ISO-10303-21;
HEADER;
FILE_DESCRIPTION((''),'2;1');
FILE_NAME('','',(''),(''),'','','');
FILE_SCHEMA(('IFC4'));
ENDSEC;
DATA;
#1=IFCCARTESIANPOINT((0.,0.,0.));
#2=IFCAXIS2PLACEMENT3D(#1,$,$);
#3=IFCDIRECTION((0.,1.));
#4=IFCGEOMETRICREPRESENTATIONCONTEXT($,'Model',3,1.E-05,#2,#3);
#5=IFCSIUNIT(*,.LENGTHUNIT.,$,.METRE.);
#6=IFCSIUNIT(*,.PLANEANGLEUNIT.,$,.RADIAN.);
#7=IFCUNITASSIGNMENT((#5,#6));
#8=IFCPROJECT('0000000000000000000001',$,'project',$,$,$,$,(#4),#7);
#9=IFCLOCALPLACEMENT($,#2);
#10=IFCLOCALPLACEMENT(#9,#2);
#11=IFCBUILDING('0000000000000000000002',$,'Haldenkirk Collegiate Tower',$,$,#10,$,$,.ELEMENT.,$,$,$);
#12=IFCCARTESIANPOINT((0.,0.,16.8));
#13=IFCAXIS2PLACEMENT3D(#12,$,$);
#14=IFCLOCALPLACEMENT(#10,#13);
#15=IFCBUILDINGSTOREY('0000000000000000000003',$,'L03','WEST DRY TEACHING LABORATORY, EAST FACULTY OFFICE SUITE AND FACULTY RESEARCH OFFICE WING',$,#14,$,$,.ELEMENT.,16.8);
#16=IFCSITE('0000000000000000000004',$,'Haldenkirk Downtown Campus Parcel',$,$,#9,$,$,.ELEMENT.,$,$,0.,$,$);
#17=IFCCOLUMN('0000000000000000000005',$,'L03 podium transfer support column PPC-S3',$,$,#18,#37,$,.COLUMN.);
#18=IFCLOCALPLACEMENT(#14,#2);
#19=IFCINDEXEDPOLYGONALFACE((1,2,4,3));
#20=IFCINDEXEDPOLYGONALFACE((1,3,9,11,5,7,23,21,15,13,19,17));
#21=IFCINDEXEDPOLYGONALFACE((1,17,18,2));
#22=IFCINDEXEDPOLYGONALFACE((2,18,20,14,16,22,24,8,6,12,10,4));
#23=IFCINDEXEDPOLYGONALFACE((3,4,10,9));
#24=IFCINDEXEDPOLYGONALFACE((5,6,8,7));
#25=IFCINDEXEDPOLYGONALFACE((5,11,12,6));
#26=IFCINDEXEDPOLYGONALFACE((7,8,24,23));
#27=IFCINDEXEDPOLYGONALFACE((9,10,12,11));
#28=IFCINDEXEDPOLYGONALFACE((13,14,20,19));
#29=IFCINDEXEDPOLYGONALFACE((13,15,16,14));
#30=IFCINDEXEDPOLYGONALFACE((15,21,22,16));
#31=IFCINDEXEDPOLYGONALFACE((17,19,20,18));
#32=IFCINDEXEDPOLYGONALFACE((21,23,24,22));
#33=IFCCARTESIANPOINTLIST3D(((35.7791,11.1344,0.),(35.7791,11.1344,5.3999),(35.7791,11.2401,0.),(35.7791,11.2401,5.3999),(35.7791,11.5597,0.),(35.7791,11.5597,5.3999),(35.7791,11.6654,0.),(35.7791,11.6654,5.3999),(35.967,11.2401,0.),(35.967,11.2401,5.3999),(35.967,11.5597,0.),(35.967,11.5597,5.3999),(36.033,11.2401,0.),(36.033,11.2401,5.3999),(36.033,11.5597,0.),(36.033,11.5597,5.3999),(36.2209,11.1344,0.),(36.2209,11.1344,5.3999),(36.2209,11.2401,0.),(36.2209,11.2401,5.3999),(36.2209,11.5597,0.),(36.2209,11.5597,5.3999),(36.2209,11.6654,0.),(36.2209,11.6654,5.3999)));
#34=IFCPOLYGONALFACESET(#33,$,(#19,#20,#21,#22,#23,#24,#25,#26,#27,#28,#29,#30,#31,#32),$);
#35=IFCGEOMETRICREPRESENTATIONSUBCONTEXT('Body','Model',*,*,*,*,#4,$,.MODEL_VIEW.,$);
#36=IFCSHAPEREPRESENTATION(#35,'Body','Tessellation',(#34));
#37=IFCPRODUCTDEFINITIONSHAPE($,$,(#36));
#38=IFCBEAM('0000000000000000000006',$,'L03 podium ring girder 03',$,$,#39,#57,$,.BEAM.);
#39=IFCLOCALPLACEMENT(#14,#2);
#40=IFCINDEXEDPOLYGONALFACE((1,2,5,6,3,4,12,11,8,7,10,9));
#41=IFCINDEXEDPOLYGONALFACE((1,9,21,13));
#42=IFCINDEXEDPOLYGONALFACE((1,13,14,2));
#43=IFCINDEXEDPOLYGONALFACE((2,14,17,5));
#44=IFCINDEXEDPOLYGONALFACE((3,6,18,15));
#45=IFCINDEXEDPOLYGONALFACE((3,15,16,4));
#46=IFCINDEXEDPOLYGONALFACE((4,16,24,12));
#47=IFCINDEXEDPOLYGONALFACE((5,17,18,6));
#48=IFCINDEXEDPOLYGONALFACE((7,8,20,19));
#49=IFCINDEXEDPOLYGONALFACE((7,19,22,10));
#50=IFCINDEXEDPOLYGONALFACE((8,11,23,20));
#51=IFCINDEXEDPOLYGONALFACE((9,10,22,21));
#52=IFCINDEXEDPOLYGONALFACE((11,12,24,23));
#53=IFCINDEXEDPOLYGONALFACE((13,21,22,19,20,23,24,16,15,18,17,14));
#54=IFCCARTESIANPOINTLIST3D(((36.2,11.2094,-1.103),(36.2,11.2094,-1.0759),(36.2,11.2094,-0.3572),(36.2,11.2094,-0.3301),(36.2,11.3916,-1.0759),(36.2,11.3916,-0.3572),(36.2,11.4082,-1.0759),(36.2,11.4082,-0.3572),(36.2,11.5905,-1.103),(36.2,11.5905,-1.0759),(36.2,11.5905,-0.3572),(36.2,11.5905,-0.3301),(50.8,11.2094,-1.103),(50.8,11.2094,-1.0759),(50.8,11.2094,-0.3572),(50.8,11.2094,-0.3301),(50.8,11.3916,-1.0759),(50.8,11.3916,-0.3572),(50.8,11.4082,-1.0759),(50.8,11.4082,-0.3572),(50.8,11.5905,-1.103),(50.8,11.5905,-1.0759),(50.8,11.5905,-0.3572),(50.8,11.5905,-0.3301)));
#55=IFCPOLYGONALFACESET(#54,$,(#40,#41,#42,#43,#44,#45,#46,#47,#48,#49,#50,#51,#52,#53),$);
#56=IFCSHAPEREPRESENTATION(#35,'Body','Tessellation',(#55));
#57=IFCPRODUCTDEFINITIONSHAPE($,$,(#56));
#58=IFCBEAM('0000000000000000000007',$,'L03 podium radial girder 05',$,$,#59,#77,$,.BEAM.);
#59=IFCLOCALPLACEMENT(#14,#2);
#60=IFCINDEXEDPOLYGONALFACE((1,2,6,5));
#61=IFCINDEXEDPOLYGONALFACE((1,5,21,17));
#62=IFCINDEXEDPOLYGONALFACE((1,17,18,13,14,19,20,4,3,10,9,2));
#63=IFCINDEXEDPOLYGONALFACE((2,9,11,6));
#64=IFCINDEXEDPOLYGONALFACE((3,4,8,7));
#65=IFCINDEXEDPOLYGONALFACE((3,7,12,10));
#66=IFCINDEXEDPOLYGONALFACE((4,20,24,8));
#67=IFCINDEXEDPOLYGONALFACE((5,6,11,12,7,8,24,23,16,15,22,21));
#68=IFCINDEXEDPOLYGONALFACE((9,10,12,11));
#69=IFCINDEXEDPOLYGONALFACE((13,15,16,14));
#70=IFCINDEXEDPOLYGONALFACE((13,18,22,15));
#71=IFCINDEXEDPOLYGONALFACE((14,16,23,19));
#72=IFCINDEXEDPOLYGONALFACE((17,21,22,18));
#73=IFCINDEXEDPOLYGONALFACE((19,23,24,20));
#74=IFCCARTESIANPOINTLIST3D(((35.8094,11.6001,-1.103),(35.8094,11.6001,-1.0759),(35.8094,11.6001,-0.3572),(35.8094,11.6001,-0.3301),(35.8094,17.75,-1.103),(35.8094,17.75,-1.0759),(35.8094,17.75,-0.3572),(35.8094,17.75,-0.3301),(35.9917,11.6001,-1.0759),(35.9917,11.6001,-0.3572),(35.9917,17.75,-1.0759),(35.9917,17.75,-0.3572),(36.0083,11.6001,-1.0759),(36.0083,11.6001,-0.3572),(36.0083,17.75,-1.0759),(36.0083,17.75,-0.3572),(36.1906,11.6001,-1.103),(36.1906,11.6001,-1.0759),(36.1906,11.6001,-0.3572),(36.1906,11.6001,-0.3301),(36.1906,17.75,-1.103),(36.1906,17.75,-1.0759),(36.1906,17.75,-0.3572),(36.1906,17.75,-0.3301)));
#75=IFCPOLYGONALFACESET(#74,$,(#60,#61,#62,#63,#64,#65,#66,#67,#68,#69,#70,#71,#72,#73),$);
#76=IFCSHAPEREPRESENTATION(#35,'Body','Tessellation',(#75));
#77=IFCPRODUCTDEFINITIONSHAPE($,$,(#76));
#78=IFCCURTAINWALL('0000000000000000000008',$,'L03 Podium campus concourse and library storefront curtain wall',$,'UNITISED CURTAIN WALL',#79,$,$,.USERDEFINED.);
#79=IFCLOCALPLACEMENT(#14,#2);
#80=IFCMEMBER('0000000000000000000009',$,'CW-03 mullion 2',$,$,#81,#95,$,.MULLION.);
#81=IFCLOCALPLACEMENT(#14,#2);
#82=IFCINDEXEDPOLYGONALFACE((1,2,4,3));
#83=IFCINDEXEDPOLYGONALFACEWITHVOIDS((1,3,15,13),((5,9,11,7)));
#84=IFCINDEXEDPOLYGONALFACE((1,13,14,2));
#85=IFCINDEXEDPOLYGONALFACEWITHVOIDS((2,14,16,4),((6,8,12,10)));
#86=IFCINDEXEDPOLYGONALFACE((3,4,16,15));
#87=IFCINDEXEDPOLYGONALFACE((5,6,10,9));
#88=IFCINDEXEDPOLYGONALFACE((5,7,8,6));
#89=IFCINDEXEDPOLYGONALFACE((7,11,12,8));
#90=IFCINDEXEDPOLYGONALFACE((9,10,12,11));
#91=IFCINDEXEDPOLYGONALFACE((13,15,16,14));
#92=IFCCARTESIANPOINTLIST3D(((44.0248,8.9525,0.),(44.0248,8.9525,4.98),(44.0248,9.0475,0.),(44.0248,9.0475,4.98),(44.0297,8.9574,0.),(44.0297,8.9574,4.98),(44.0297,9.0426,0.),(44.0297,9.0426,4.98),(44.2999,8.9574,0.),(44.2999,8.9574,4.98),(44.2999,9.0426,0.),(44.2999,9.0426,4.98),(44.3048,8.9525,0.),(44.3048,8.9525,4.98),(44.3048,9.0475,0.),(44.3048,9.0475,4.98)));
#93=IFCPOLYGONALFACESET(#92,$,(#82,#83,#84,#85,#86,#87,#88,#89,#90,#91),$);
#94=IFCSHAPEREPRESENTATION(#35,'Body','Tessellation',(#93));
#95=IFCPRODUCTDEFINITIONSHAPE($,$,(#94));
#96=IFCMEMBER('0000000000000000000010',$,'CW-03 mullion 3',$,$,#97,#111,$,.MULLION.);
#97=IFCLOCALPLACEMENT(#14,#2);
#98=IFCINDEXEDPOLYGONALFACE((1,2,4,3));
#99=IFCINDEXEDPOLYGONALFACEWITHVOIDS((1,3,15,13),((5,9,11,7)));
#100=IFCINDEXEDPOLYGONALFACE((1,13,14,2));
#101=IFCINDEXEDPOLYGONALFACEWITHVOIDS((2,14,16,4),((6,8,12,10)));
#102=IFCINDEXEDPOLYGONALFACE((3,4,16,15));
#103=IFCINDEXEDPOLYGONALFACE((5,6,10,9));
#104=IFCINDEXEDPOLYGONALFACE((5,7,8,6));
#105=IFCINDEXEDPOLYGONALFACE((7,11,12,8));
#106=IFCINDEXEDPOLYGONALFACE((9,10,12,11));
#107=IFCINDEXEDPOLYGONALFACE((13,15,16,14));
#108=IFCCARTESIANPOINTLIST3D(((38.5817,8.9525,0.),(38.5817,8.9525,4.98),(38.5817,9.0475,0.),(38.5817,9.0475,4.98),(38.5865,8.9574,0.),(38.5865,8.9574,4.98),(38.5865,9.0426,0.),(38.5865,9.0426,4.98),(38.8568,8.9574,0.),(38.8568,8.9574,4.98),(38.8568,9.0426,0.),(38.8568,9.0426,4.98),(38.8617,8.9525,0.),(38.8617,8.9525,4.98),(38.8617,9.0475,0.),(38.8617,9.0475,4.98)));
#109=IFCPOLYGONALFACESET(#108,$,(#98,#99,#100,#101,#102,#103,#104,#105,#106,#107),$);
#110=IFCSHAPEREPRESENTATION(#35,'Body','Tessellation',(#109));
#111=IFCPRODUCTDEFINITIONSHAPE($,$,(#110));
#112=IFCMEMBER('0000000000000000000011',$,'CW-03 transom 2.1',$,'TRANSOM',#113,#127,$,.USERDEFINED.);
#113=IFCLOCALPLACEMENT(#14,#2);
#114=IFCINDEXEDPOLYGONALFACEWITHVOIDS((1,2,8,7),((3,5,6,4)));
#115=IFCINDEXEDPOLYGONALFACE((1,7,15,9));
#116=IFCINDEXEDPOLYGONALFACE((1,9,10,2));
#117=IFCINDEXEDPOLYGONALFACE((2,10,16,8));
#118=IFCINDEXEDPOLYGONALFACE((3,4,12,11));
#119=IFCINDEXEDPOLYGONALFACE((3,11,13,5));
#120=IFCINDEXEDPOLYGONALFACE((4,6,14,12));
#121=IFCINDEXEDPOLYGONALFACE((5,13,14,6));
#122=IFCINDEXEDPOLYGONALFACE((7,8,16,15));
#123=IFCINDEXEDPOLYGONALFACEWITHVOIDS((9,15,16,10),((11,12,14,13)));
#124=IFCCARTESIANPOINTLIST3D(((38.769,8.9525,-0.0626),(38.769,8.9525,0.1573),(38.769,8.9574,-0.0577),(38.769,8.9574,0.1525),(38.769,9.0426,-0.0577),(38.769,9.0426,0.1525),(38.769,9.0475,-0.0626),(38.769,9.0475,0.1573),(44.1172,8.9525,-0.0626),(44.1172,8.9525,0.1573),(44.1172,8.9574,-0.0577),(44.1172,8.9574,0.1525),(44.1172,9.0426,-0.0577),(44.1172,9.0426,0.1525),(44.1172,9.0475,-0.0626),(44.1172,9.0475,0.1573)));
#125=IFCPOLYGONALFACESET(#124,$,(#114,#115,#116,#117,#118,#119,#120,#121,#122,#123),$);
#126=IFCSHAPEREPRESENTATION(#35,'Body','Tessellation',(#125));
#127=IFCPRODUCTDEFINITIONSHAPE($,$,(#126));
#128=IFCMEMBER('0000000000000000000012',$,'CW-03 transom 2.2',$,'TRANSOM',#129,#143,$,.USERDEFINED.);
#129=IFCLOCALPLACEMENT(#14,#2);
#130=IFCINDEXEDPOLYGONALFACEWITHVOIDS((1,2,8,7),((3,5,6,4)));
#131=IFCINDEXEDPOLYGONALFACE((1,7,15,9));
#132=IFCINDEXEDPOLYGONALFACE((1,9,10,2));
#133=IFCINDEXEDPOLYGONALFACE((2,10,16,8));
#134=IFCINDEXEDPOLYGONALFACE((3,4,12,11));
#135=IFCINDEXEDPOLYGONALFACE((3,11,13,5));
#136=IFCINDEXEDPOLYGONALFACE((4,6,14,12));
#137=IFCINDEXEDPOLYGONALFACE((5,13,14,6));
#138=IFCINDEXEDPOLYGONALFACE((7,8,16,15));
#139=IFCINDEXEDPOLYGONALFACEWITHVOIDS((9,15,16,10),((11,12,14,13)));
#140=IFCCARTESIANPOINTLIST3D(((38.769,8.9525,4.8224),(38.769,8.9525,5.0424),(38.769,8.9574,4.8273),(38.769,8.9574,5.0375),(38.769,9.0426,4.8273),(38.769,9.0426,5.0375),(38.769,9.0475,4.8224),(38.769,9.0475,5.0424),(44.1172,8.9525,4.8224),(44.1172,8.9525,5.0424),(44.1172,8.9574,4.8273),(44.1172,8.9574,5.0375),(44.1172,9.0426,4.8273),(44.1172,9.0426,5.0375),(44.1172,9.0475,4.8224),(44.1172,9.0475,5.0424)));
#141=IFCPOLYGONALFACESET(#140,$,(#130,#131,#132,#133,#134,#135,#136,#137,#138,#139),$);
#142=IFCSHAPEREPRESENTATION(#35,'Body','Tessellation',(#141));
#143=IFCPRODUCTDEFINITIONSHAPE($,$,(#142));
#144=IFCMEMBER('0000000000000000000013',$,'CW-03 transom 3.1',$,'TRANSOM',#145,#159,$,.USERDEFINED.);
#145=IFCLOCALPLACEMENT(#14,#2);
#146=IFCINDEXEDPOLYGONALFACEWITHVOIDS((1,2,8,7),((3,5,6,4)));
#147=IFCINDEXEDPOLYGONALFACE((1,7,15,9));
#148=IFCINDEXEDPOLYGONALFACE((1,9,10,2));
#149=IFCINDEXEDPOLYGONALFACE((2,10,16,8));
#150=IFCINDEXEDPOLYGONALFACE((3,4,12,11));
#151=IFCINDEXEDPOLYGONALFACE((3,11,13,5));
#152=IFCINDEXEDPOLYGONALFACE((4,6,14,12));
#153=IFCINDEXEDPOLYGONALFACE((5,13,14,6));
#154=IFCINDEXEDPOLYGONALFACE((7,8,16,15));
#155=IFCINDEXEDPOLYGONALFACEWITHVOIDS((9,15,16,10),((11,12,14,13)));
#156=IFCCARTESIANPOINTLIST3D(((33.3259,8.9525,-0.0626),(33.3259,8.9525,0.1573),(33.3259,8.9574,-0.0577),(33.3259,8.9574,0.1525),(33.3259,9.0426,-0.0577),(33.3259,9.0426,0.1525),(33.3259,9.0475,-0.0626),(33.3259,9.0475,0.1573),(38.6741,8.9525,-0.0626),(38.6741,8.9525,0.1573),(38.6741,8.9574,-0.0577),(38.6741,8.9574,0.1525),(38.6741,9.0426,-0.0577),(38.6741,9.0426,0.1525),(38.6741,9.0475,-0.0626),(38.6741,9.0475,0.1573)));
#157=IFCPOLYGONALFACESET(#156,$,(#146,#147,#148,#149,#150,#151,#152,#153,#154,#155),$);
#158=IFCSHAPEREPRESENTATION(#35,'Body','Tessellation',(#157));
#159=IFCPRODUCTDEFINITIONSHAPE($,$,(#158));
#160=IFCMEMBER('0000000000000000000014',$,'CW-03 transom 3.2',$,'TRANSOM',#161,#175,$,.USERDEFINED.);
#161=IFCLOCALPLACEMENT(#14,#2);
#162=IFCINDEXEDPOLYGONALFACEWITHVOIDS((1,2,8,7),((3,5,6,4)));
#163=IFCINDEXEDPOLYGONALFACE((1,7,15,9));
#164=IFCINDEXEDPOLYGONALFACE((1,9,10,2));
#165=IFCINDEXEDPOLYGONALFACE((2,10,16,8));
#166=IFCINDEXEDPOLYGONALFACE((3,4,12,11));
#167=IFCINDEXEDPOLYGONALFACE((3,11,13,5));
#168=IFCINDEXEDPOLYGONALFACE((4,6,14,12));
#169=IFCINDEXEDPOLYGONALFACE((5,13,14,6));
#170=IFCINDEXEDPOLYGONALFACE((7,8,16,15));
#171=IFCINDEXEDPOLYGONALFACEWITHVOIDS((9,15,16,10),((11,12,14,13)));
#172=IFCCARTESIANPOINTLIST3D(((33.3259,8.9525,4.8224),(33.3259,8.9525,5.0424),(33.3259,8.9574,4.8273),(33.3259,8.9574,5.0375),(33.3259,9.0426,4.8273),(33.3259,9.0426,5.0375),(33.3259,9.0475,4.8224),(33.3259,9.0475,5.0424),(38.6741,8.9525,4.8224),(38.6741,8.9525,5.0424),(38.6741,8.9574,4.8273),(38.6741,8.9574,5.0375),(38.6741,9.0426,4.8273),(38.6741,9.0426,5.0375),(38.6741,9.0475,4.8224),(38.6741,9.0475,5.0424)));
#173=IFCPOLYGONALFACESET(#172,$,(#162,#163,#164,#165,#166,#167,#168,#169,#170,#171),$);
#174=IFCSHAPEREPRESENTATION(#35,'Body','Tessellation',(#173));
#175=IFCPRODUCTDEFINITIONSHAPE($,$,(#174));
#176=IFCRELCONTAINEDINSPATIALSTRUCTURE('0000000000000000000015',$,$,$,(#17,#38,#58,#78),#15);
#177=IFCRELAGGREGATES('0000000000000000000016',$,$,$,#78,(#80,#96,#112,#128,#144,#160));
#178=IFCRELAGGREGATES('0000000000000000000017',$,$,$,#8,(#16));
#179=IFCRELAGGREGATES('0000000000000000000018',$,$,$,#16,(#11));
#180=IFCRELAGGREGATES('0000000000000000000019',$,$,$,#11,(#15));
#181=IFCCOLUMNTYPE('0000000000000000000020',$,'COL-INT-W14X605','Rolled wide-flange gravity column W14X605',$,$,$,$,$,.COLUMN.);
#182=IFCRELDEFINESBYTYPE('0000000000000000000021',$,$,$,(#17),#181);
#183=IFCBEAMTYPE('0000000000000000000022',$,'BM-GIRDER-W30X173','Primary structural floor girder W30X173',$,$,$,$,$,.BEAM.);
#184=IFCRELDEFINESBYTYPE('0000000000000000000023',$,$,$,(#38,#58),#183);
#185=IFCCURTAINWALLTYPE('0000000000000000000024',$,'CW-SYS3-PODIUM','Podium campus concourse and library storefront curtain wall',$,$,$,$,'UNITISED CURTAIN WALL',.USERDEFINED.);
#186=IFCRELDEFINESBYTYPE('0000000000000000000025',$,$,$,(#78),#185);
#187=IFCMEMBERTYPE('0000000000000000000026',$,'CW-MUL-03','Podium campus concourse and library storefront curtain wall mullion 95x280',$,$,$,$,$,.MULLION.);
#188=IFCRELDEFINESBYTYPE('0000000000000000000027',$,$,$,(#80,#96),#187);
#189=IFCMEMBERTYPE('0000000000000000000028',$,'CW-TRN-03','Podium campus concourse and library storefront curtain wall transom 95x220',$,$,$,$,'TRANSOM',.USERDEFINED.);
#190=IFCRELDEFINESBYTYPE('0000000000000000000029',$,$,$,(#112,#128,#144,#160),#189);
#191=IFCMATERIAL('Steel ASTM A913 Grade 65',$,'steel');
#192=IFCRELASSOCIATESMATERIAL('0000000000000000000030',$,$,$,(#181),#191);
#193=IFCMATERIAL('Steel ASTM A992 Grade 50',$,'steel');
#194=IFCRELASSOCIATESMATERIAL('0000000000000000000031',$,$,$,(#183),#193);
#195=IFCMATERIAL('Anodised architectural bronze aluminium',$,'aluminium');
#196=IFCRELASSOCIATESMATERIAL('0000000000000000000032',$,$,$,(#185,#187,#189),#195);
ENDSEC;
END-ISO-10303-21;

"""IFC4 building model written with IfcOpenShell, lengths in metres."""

from ifc_helpers import new_model, si_unit, direction, frame, origin, origin_2d, place, context, subcontext, project, spatial, hollow_rectangle, i_section, extrude, material, material_profile, profile_set, type_object, element, aggregate, save


model = new_model("IFC4")

# Units and contexts
model_context = context("Model", 3, precision=1e-05, world=origin(), true_north=direction((0.0, 1.0)))
body_context = subcontext(model_context, "Body", "Model", "MODEL_VIEW")
ifc_project = project(units=[si_unit("LENGTHUNIT", "METRE"), si_unit("PLANEANGLEUNIT", "RADIAN")], contexts=[model_context])

# Site, building, storey
site_placement = place(None, origin())
site = spatial("IfcSite", under=ifc_project, at=site_placement, Name="Haldenkirk Downtown Campus Parcel", CompositionType="ELEMENT", RefElevation=0.0)
building_placement = place(site_placement, origin())
building = spatial("IfcBuilding", under=site, at=building_placement, Name="Haldenkirk Collegiate Tower", CompositionType="ELEMENT")
storey_placement = place(building_placement, frame((0.0, 0.0, 16.8)))
storey = spatial("IfcBuildingStorey", under=building, at=storey_placement, Name="L03", Description="WEST DRY TEACHING LABORATORY, EAST FACULTY OFFICE SUITE AND FACULTY RESEARCH OFFICE WING", CompositionType="ELEMENT", Elevation=16.8)

# Column
ifc_material_1 = material(Name="Steel ASTM A913 Grade 65", Category="steel")
ifc_material_profile_1 = material_profile(ifc_material_1, i_section(OverallWidth=0.4419, OverallDepth=0.531, WebThickness=0.0659, FlangeThickness=0.1057, at=origin_2d()), Name="W14X605")
ifc_profile_set_1 = profile_set([ifc_material_profile_1], Name="Steel ASTM A913 Grade 65")
column_type = type_object("IfcColumnType", Name="COL-INT-W14X605", Description="Rolled wide-flange gravity column W14X605", PredefinedType="COLUMN", material=ifc_profile_set_1)
column_placement = place(storey_placement, frame((36.0, 11.3999, 0.0), z_axis=(0.0, 0.0, 1.0), x_axis=(1.0, 0.0, 0.0)))
element("IfcColumn", 1, at=column_placement, inside=storey, type_object=column_type, Name="L03 podium transfer support column PPC-S3", PredefinedType="COLUMN", context=body_context, shape_type="SweptSolid", body=[
    extrude(i_section(OverallWidth=0.4419, OverallDepth=0.531, WebThickness=0.0659, FlangeThickness=0.1057, at=origin_2d()), origin(), (0.0, 0.0, 1.0), 5.3999),
])

# Beams
ifc_material_2 = material(Name="Steel ASTM A992 Grade 50", Category="steel")
ifc_material_profile_2 = material_profile(ifc_material_2, i_section(OverallWidth=0.3811, OverallDepth=0.7729, WebThickness=0.0166, FlangeThickness=0.0271, at=origin_2d()), Name="W30X173")
ifc_profile_set_2 = profile_set([ifc_material_profile_2], Name="Steel ASTM A992 Grade 50")
beam_type = type_object("IfcBeamType", Name="BM-GIRDER-W30X173", Description="Primary structural floor girder W30X173", PredefinedType="BEAM", material=ifc_profile_set_2)
beam_1_placement = place(storey_placement, frame((36.2, 11.3999, -0.7166), z_axis=(1.0, 0.0, 0.0), x_axis=(0.0, 1.0, 0.0)))
element("IfcBeam", 2, at=beam_1_placement, inside=storey, type_object=beam_type, Name="L03 podium ring girder 03", PredefinedType="BEAM", context=body_context, shape_type="SweptSolid", body=[
    extrude(i_section(OverallWidth=0.3811, OverallDepth=0.7729, WebThickness=0.0166, FlangeThickness=0.0271, at=origin_2d()), origin(), (0.0, 0.0, 1.0), 14.6001),
])
beam_2_placement = place(storey_placement, frame((36.0, 11.6001, -0.7166), z_axis=(0.0, 1.0, 0.0), x_axis=(-1.0, 0.0, 0.0)))
element("IfcBeam", 3, at=beam_2_placement, inside=storey, type_object=beam_type, Name="L03 podium radial girder 05", PredefinedType="BEAM", context=body_context, shape_type="SweptSolid", body=[
    extrude(i_section(OverallWidth=0.3811, OverallDepth=0.7729, WebThickness=0.0166, FlangeThickness=0.0271, at=origin_2d()), origin(), (0.0, 0.0, 1.0), 6.1499),
])

# Curtain wall, members
ifc_material_3 = material(Name="Anodised architectural bronze aluminium", Category="aluminium")
curtain_wall_type = type_object("IfcCurtainWallType", Name="CW-SYS3-PODIUM", Description="Podium campus concourse and library storefront curtain wall", ElementType="UNITISED CURTAIN WALL", PredefinedType="USERDEFINED", material=ifc_material_3)
curtain_wall_placement = place(storey_placement, origin())
curtain_wall = element("IfcCurtainWall", 4, at=curtain_wall_placement, inside=storey, type_object=curtain_wall_type, Name="L03 Podium campus concourse and library storefront curtain wall", ObjectType="UNITISED CURTAIN WALL", PredefinedType="USERDEFINED")
ifc_material_profile_3 = material_profile(ifc_material_3, hollow_rectangle(XDim=0.095, YDim=0.28, WallThickness=0.0049, at=origin_2d()), Name="CW-MUL-03")
ifc_profile_set_3 = profile_set([ifc_material_profile_3], Name="Anodised architectural bronze aluminium")
member_type_1 = type_object("IfcMemberType", Name="CW-MUL-03", Description="Podium campus concourse and library storefront curtain wall mullion 95x280", PredefinedType="MULLION", material=ifc_profile_set_3)
member_1_placement = place(storey_placement, frame((44.1648, 9.0, 0.0), z_axis=(0.0, 0.0, 1.0), x_axis=(0.0, -1.0, 0.0)))
member_1 = element("IfcMember", 5, at=member_1_placement, type_object=member_type_1, Name="CW-03 mullion 2", PredefinedType="MULLION", context=body_context, shape_type="SweptSolid", body=[
    extrude(hollow_rectangle(XDim=0.095, YDim=0.28, WallThickness=0.0049, at=origin_2d()), origin(), (0.0, 0.0, 1.0), 4.98),
])
member_2_placement = place(storey_placement, frame((38.7217, 9.0, 0.0), z_axis=(0.0, 0.0, 1.0), x_axis=(0.0, -1.0, 0.0)))
member_2 = element("IfcMember", 6, at=member_2_placement, type_object=member_type_1, Name="CW-03 mullion 3", PredefinedType="MULLION", context=body_context, shape_type="SweptSolid", body=[
    extrude(hollow_rectangle(XDim=0.095, YDim=0.28, WallThickness=0.0049, at=origin_2d()), origin(), (0.0, 0.0, 1.0), 4.98),
])
ifc_material_profile_4 = material_profile(ifc_material_3, hollow_rectangle(XDim=0.095, YDim=0.22, WallThickness=0.0049, at=origin_2d()), Name="CW-TRN-03")
ifc_profile_set_4 = profile_set([ifc_material_profile_4], Name="Anodised architectural bronze aluminium")
member_type_2 = type_object("IfcMemberType", Name="CW-TRN-03", Description="Podium campus concourse and library storefront curtain wall transom 95x220", ElementType="TRANSOM", PredefinedType="USERDEFINED", material=ifc_profile_set_4)
member_3_placement = place(storey_placement, frame((44.1172, 9.0, 0.0474), z_axis=(-1.0, 0.0, 0.0), x_axis=(0.0, -1.0, 0.0)))
member_3 = element("IfcMember", 7, at=member_3_placement, type_object=member_type_2, Name="CW-03 transom 2.1", ObjectType="TRANSOM", PredefinedType="USERDEFINED", context=body_context, shape_type="SweptSolid", body=[
    extrude(hollow_rectangle(XDim=0.095, YDim=0.22, WallThickness=0.0049, at=origin_2d()), origin(), (0.0, 0.0, 1.0), 5.3481),
])
member_4_placement = place(storey_placement, frame((44.1172, 9.0, 4.9324), z_axis=(-1.0, 0.0, 0.0), x_axis=(0.0, -1.0, 0.0)))
member_4 = element("IfcMember", 8, at=member_4_placement, type_object=member_type_2, Name="CW-03 transom 2.2", ObjectType="TRANSOM", PredefinedType="USERDEFINED", context=body_context, shape_type="SweptSolid", body=[
    extrude(hollow_rectangle(XDim=0.095, YDim=0.22, WallThickness=0.0049, at=origin_2d()), origin(), (0.0, 0.0, 1.0), 5.3481),
])
member_5_placement = place(storey_placement, frame((38.6741, 9.0, 0.0474), z_axis=(-1.0, 0.0, 0.0), x_axis=(0.0, -1.0, 0.0)))
member_5 = element("IfcMember", 9, at=member_5_placement, type_object=member_type_2, Name="CW-03 transom 3.1", ObjectType="TRANSOM", PredefinedType="USERDEFINED", context=body_context, shape_type="SweptSolid", body=[
    extrude(hollow_rectangle(XDim=0.095, YDim=0.22, WallThickness=0.0049, at=origin_2d()), origin(), (0.0, 0.0, 1.0), 5.3481),
])
member_6_placement = place(storey_placement, frame((38.6741, 9.0, 4.9324), z_axis=(-1.0, 0.0, 0.0), x_axis=(0.0, -1.0, 0.0)))
member_6 = element("IfcMember", 10, at=member_6_placement, type_object=member_type_2, Name="CW-03 transom 3.2", ObjectType="TRANSOM", PredefinedType="USERDEFINED", context=body_context, shape_type="SweptSolid", body=[
    extrude(hollow_rectangle(XDim=0.095, YDim=0.22, WallThickness=0.0049, at=origin_2d()), origin(), (0.0, 0.0, 1.0), 5.3481),
])
aggregate(curtain_wall, [member_1, member_2, member_3, member_4, member_5, member_6])

save(model, "model.ifc")
